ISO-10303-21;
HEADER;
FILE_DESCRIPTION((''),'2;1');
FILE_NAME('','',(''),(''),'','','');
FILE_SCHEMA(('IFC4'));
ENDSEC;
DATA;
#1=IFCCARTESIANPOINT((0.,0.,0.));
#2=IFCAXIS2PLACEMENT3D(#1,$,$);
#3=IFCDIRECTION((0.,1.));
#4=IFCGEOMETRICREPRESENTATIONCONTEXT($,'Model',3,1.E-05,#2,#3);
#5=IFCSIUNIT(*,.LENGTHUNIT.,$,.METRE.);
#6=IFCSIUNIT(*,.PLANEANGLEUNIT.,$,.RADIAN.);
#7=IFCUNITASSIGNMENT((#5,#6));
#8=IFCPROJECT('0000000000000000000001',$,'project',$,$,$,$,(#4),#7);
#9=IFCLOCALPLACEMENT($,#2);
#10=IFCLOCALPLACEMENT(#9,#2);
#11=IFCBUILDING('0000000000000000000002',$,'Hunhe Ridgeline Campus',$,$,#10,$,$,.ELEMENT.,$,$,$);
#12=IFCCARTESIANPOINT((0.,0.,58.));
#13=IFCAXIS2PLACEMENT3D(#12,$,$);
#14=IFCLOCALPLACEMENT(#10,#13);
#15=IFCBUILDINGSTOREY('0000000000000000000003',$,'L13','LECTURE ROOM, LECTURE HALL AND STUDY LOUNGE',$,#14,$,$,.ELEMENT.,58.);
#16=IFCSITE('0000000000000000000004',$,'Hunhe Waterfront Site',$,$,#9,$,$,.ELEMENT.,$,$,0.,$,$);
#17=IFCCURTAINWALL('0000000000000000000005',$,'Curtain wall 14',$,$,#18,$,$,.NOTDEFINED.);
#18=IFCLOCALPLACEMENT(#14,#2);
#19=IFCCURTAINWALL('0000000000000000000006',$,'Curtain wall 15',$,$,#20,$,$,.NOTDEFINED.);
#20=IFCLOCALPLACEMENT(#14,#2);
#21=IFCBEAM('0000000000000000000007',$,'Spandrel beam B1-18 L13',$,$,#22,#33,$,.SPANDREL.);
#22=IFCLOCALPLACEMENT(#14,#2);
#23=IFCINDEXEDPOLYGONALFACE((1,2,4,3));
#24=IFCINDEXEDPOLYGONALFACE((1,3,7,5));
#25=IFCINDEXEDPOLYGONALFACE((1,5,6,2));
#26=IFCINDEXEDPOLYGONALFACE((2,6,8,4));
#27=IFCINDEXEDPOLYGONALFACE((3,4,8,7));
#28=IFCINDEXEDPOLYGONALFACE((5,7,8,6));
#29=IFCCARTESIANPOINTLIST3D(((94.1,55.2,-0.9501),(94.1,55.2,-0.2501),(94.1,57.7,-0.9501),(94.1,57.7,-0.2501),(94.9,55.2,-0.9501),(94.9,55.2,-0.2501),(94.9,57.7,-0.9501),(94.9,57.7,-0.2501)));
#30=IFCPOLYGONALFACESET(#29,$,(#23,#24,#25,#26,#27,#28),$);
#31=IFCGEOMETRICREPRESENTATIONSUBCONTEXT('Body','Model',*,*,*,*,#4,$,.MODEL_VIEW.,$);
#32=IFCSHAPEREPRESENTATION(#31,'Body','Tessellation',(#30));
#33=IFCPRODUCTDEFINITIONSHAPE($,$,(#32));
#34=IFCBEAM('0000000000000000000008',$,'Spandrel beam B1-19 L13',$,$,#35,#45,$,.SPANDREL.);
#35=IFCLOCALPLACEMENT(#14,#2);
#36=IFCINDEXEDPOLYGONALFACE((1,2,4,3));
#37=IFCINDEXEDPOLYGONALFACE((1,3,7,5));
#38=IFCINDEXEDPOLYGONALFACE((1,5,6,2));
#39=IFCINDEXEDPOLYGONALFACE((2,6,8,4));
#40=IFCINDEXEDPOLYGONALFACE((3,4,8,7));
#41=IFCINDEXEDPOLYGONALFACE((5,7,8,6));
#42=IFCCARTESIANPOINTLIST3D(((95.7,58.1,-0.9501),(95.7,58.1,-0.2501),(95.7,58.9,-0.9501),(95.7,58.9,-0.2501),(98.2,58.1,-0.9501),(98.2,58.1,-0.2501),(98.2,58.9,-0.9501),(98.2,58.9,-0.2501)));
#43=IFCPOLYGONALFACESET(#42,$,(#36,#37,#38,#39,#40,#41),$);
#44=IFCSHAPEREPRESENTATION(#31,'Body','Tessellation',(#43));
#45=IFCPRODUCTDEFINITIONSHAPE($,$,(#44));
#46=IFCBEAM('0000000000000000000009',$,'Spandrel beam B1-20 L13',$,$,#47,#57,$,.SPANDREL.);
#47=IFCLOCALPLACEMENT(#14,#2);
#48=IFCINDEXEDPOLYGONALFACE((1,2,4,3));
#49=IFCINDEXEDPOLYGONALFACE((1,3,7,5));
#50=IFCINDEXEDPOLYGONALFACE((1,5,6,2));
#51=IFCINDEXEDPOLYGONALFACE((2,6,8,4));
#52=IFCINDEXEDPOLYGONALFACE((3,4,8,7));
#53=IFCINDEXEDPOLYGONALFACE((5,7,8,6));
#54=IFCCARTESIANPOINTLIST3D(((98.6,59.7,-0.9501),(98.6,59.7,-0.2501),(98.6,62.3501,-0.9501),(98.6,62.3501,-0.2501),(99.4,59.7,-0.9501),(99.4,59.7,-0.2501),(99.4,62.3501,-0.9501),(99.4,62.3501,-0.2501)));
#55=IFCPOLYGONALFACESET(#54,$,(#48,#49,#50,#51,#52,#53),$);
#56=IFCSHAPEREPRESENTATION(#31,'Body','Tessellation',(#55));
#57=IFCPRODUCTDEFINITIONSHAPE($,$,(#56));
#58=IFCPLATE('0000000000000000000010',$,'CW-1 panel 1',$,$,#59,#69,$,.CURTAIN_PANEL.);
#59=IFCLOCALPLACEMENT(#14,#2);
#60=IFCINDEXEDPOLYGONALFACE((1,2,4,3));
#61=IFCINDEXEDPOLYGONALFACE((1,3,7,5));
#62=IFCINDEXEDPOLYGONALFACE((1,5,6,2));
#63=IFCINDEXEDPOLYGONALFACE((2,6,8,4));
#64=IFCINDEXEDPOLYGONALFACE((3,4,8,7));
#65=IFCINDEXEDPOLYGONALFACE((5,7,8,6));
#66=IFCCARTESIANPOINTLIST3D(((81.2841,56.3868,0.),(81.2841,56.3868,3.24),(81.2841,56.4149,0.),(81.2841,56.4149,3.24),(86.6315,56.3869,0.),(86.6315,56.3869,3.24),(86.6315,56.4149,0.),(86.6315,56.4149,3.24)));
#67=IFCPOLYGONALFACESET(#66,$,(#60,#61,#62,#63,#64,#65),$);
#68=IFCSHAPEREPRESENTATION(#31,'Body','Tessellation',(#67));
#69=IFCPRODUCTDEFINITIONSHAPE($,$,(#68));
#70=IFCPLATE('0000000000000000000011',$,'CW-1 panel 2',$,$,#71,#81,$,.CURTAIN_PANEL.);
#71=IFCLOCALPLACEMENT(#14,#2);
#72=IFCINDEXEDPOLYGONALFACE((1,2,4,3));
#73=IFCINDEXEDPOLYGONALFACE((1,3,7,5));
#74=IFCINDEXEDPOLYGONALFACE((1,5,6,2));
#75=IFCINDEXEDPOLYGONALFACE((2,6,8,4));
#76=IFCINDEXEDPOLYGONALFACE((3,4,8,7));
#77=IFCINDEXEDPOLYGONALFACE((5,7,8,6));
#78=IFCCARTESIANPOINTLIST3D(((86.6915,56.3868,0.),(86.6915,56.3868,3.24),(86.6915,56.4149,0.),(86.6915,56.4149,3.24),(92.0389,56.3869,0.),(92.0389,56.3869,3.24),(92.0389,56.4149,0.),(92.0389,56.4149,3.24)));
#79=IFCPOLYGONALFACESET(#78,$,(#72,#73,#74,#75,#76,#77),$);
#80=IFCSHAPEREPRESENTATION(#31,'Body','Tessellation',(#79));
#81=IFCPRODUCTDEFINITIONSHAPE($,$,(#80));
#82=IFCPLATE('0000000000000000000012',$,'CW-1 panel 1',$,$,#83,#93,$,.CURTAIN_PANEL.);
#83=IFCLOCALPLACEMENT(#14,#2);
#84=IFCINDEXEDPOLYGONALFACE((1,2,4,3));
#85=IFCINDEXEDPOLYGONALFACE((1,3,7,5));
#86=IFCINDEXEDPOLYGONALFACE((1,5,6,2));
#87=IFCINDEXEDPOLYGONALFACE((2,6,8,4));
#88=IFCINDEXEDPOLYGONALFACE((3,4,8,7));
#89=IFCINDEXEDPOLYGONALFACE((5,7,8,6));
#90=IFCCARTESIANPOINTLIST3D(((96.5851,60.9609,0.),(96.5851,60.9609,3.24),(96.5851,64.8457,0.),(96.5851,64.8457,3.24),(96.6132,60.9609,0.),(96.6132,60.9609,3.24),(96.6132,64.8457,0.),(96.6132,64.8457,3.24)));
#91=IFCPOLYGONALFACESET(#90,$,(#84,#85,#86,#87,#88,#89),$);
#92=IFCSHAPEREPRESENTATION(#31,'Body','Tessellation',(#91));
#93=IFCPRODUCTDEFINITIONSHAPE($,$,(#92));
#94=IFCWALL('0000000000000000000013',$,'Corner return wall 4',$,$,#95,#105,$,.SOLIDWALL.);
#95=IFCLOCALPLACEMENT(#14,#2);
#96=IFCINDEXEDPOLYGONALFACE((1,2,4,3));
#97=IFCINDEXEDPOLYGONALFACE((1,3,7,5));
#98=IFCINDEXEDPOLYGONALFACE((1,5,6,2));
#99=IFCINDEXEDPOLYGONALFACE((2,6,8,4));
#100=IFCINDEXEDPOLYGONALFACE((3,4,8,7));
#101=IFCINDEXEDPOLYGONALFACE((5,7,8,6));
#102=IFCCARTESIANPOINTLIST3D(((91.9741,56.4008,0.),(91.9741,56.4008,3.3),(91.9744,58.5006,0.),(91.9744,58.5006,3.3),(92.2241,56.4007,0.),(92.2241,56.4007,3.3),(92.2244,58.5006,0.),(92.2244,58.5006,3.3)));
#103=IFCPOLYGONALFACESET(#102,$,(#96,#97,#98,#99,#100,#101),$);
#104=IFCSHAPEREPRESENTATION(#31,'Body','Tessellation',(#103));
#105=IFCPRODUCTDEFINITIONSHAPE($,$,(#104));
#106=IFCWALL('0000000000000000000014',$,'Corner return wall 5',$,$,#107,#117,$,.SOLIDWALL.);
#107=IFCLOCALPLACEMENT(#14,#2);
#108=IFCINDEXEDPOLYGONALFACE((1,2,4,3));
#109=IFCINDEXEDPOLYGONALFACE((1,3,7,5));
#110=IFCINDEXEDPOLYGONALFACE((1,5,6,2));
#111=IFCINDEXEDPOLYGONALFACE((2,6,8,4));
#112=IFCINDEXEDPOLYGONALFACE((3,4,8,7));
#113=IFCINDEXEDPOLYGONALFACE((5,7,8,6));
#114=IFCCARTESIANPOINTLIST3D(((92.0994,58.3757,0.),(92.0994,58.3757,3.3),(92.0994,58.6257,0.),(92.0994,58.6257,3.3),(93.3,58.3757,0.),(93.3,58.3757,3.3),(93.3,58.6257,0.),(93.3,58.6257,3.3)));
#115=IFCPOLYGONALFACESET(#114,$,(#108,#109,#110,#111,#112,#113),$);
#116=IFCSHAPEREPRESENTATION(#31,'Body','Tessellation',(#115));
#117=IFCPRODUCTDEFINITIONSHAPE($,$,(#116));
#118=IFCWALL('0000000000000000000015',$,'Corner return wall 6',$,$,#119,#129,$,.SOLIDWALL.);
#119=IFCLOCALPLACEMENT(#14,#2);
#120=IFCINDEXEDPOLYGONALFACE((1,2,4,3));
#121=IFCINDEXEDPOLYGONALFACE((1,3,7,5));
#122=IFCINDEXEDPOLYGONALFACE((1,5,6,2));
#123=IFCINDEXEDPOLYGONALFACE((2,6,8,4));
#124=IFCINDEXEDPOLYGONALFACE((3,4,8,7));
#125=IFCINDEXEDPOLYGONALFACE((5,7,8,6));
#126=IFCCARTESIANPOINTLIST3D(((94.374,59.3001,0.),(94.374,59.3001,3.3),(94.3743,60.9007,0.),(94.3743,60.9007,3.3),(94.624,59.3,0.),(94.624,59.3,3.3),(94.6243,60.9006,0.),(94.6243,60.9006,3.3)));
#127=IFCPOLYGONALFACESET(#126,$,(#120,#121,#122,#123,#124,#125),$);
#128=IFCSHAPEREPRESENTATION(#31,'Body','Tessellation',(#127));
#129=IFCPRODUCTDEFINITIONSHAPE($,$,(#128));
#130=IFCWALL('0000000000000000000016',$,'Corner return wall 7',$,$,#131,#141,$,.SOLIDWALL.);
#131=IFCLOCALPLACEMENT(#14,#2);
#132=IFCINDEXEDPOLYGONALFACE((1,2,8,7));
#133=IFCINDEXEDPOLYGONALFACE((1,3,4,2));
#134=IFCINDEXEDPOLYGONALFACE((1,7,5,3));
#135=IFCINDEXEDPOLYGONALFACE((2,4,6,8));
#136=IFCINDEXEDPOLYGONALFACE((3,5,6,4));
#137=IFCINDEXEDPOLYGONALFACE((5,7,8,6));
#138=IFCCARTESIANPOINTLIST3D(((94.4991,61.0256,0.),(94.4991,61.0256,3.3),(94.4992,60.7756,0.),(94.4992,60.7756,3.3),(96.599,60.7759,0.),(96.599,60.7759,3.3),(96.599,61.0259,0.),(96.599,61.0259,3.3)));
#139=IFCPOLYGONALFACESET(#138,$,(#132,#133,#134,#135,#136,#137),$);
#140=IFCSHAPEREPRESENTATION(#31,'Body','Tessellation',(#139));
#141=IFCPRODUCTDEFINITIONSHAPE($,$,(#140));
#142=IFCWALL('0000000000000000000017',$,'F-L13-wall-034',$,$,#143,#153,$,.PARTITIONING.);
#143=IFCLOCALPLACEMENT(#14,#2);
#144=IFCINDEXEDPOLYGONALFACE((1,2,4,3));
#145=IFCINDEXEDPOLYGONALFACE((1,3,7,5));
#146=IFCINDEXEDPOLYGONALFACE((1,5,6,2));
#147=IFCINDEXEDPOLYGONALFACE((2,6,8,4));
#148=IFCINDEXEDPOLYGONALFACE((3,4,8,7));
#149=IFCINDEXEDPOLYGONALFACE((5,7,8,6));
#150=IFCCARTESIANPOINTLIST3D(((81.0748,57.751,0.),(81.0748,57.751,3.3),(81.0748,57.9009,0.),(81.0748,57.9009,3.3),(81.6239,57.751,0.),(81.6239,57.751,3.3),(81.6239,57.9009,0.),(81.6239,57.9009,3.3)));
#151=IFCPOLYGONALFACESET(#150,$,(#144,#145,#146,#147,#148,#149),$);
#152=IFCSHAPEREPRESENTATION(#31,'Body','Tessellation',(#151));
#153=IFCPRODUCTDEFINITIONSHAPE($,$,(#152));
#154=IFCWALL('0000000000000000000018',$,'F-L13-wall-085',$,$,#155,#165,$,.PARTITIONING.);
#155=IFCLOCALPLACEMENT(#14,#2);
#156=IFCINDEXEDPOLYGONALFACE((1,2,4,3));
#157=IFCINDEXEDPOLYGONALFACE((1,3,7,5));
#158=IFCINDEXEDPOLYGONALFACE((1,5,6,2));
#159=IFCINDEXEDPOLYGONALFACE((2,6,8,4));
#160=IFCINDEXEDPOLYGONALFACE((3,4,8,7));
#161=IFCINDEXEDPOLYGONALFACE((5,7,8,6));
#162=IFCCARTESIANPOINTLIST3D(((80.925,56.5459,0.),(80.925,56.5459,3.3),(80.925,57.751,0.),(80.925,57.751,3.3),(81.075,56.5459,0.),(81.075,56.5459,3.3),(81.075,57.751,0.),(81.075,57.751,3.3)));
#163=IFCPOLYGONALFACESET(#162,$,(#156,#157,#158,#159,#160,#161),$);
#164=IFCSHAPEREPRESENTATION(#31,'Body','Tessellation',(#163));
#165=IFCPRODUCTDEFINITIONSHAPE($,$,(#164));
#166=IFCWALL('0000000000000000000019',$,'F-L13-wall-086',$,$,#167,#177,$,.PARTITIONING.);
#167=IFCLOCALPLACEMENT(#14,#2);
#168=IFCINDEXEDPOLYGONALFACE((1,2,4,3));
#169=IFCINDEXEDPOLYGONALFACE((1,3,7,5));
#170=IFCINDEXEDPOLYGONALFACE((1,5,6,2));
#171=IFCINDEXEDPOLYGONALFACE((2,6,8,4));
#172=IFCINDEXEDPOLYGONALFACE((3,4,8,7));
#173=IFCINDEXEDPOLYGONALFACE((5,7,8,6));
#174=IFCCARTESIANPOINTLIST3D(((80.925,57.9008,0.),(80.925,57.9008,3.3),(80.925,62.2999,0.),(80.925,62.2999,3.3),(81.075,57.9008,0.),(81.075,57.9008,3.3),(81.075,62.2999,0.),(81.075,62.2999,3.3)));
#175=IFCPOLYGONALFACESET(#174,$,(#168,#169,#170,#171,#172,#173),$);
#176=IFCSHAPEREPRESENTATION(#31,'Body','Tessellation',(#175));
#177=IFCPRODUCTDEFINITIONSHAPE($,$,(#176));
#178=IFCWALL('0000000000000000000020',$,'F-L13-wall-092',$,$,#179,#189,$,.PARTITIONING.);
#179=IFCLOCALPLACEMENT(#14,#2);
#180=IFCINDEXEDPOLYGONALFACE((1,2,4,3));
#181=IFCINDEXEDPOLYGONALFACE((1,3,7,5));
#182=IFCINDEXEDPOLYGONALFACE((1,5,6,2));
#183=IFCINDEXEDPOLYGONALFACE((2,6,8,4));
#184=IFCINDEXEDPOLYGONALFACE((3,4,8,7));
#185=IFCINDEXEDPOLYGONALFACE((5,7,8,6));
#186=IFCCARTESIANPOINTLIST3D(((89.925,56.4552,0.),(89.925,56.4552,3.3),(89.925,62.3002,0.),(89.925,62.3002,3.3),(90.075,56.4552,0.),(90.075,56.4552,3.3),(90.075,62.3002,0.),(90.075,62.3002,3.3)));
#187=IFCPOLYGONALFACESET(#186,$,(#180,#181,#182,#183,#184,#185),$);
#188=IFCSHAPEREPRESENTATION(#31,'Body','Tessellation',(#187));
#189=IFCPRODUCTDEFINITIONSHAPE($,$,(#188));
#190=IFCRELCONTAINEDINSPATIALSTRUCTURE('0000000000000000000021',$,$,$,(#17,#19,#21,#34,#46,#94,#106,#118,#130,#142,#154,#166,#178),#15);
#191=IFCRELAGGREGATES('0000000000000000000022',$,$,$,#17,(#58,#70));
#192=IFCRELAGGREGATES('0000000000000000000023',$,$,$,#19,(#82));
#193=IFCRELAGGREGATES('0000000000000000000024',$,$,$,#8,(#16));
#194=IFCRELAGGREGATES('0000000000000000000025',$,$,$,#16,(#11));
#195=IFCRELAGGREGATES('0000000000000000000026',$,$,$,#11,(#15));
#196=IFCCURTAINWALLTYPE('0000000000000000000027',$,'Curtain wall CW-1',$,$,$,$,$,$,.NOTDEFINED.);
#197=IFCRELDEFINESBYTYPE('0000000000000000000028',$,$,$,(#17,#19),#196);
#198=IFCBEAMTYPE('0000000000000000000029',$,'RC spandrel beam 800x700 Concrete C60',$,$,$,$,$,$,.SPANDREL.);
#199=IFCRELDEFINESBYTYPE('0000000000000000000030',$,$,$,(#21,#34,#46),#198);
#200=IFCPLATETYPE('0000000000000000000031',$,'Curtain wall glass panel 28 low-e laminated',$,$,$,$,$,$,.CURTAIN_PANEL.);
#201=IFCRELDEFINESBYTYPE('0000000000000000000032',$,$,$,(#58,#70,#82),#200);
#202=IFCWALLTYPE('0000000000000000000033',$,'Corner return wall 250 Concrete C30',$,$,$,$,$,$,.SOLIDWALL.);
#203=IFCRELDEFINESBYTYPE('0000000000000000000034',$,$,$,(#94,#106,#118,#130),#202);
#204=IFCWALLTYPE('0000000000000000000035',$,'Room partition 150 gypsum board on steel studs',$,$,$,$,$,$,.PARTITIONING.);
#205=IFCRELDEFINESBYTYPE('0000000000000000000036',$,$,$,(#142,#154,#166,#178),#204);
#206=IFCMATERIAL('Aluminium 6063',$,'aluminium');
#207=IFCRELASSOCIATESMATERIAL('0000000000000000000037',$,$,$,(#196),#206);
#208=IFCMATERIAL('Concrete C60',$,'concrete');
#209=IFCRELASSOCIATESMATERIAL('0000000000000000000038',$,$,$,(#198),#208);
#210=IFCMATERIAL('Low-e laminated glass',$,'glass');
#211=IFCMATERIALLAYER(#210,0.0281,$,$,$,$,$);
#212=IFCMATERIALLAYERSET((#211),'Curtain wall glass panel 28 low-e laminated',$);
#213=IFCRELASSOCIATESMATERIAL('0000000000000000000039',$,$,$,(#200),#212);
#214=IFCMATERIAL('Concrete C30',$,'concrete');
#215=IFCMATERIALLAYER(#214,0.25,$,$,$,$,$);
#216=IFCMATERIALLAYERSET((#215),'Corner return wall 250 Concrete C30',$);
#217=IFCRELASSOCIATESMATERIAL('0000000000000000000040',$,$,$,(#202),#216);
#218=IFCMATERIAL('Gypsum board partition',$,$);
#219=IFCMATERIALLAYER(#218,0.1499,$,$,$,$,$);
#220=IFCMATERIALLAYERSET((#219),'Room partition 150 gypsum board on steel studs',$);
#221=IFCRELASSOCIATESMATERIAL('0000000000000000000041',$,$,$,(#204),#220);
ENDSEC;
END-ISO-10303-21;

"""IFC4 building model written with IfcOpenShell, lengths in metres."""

from ifc_helpers import new_model, si_unit, direction, frame, frame_2d, origin, origin_2d, place, context, subcontext, project, spatial, rectangle, extrude, material, layer, layer_set, material_profile, profile_set, type_object, element, aggregate, save


model = new_model("IFC4")

# Units and contexts
model_context = context("Model", 3, precision=1e-05, world=origin(), true_north=direction((0.0, 1.0)))
body_context = subcontext(model_context, "Body", "Model", "MODEL_VIEW")
ifc_project = project(units=[si_unit("LENGTHUNIT", "METRE"), si_unit("PLANEANGLEUNIT", "RADIAN")], contexts=[model_context])

# Site, building, storey
site_placement = place(None, origin())
site = spatial("IfcSite", under=ifc_project, at=site_placement, Name="Hunhe Waterfront Site", CompositionType="ELEMENT", RefElevation=0.0)
building_placement = place(site_placement, origin())
building = spatial("IfcBuilding", under=site, at=building_placement, Name="Hunhe Ridgeline Campus", CompositionType="ELEMENT")
storey_placement = place(building_placement, frame((0.0, 0.0, 58.0)))
storey = spatial("IfcBuildingStorey", under=building, at=storey_placement, Name="L13", Description="LECTURE ROOM, LECTURE HALL AND STUDY LOUNGE", CompositionType="ELEMENT", Elevation=58.0)

# Curtain wall
ifc_material_1 = material(Name="Aluminium 6063", Category="aluminium")
curtain_wall_type = type_object("IfcCurtainWallType", Name="Curtain wall CW-1", PredefinedType="NOTDEFINED", material=ifc_material_1)
curtain_wall_1_placement = place(storey_placement, origin())
curtain_wall_1 = element("IfcCurtainWall", 1, at=curtain_wall_1_placement, inside=storey, type_object=curtain_wall_type, Name="Curtain wall 14", PredefinedType="NOTDEFINED")

# Curtain wall
curtain_wall_2_placement = place(storey_placement, origin())
curtain_wall_2 = element("IfcCurtainWall", 2, at=curtain_wall_2_placement, inside=storey, type_object=curtain_wall_type, Name="Curtain wall 15", PredefinedType="NOTDEFINED")

# Beams
ifc_material_2 = material(Name="Concrete C60", Category="concrete")
ifc_material_profile_1 = material_profile(ifc_material_2, rectangle(XDim=0.8, YDim=0.7, at=origin_2d()))
ifc_profile_set_1 = profile_set([ifc_material_profile_1], Name="Concrete C60")
beam_type = type_object("IfcBeamType", Name="RC spandrel beam 800x700 Concrete C60", PredefinedType="SPANDREL", material=ifc_profile_set_1)
for number, where, z_axis, x_axis, name in (
    (3, (94.5, 55.2, -0.6001), (0.0, 1.0, 0.0), (-1.0, 0.0, 0.0), "Spandrel beam B1-18 L13"),
    (4, (95.7, 58.5, -0.6001), (1.0, 0.0, 0.0), (0.0, 1.0, 0.0), "Spandrel beam B1-19 L13"),
):
    element("IfcBeam", number, at=place(storey_placement, frame(where, z_axis=z_axis, x_axis=x_axis)), inside=storey, type_object=beam_type, Name=name, PredefinedType="SPANDREL", context=body_context, shape_type="SweptSolid", body=[
        extrude(rectangle(XDim=0.8, YDim=0.7, at=origin_2d()), origin(), (0.0, 0.0, 1.0), 2.5),
    ])
beam_1_placement = place(storey_placement, frame((99.0, 59.7, -0.6001), z_axis=(0.0, 1.0, 0.0), x_axis=(-1.0, 0.0, 0.0)))
element("IfcBeam", 5, at=beam_1_placement, inside=storey, type_object=beam_type, Name="Spandrel beam B1-20 L13", PredefinedType="SPANDREL", context=body_context, shape_type="SweptSolid", body=[
    extrude(rectangle(XDim=0.8, YDim=0.7, at=origin_2d()), origin(), (0.0, 0.0, 1.0), 2.6501),
])

# Plates
ifc_material_3 = material(Name="Low-e laminated glass", Category="glass")
ifc_layer_1 = layer(ifc_material_3, 0.0281)
ifc_layer_set_1 = layer_set([ifc_layer_1], Name="Curtain wall glass panel 28 low-e laminated")
plate_type = type_object("IfcPlateType", Name="Curtain wall glass panel 28 low-e laminated", PredefinedType="CURTAIN_PANEL", material=ifc_layer_set_1)
plate_1_placement = place(storey_placement, frame((83.9578, 56.4009, 0.0), z_axis=(0.0, 0.0, 1.0), x_axis=(1.0, 0.000004, 0.0)))
plate_1 = element("IfcPlate", 6, at=plate_1_placement, type_object=plate_type, Name="CW-1 panel 1", PredefinedType="CURTAIN_PANEL", context=body_context, shape_type="SweptSolid", body=[
    extrude(rectangle(XDim=5.3474, YDim=0.0281, at=origin_2d()), origin(), (0.0, 0.0, 1.0), 3.24),
])
plate_2_placement = place(storey_placement, frame((89.3652, 56.4009, 0.0), z_axis=(0.0, 0.0, 1.0), x_axis=(1.0, 0.000004, 0.0)))
plate_2 = element("IfcPlate", 7, at=plate_2_placement, type_object=plate_type, Name="CW-1 panel 2", PredefinedType="CURTAIN_PANEL", context=body_context, shape_type="SweptSolid", body=[
    extrude(rectangle(XDim=5.3474, YDim=0.0281, at=origin_2d()), origin(), (0.0, 0.0, 1.0), 3.24),
])
aggregate(curtain_wall_1, [plate_1, plate_2])
plate_3_placement = place(storey_placement, frame((96.5991, 62.9033, 0.0), z_axis=(0.0, 0.0, 1.0), x_axis=(0.0, 1.0, 0.0)))
plate_3 = element("IfcPlate", 8, at=plate_3_placement, type_object=plate_type, Name="CW-1 panel 1", PredefinedType="CURTAIN_PANEL", context=body_context, shape_type="SweptSolid", body=[
    extrude(rectangle(XDim=3.8848, YDim=0.0281, at=origin_2d()), origin(), (0.0, 0.0, 1.0), 3.24),
])
aggregate(curtain_wall_2, [plate_3])

# Walls
ifc_material_4 = material(Name="Concrete C30", Category="concrete")
ifc_layer_2 = layer(ifc_material_4, 0.25)
ifc_layer_set_2 = layer_set([ifc_layer_2], Name="Corner return wall 250 Concrete C30")
wall_type_1 = type_object("IfcWallType", Name="Corner return wall 250 Concrete C30", PredefinedType="SOLIDWALL", material=ifc_layer_set_2)
wall_1_placement = place(storey_placement, frame((92.0991, 56.4009, 0.0), z_axis=(0.0, 0.0, 1.0), x_axis=(0.000116, 1.0, 0.0)))
element("IfcWall", 9, at=wall_1_placement, inside=storey, type_object=wall_type_1, Name="Corner return wall 4", PredefinedType="SOLIDWALL", context=body_context, shape_type="SweptSolid", body=[
    extrude(rectangle(XDim=2.0999, YDim=0.25, at=frame_2d((1.0498, 0.0))), origin(), (0.0, 0.0, 1.0), 3.3),
])
wall_2_placement = place(storey_placement, frame((92.0994, 58.5007, 0.0), z_axis=(0.0, 0.0, 1.0), x_axis=(1.0, 0.0, 0.0)))
element("IfcWall", 10, at=wall_2_placement, inside=storey, type_object=wall_type_1, Name="Corner return wall 5", PredefinedType="SOLIDWALL", context=body_context, shape_type="SweptSolid", body=[
    extrude(rectangle(XDim=1.2007, YDim=0.25, at=frame_2d((0.6003, 0.0))), origin(), (0.0, 0.0, 1.0), 3.3),
])
wall_3_placement = place(storey_placement, frame((94.499, 59.3, 0.0), z_axis=(0.0, 0.0, 1.0), x_axis=(0.000153, 1.0, 0.0)))
element("IfcWall", 11, at=wall_3_placement, inside=storey, type_object=wall_type_1, Name="Corner return wall 6", PredefinedType="SOLIDWALL", context=body_context, shape_type="SweptSolid", body=[
    extrude(rectangle(XDim=1.6006, YDim=0.25, at=frame_2d((0.8003, 0.0))), origin(), (0.0, 0.0, 1.0), 3.3),
])
wall_4_placement = place(storey_placement, frame((94.4993, 60.9006, 0.0), z_axis=(0.0, 0.0, 1.0), x_axis=(1.0, 0.000116, 0.0)))
element("IfcWall", 12, at=wall_4_placement, inside=storey, type_object=wall_type_1, Name="Corner return wall 7", PredefinedType="SOLIDWALL", context=body_context, shape_type="SweptSolid", body=[
    extrude(rectangle(XDim=2.0999, YDim=0.25, at=frame_2d((1.0498, 0.0))), origin(), (0.0, 0.0, 1.0), 3.3),
])
ifc_material_5 = material(Name="Gypsum board partition")
ifc_layer_3 = layer(ifc_material_5, 0.1499)
ifc_layer_set_3 = layer_set([ifc_layer_3], Name="Room partition 150 gypsum board on steel studs")
wall_type_2 = type_object("IfcWallType", Name="Room partition 150 gypsum board on steel studs", PredefinedType="PARTITIONING", material=ifc_layer_set_3)
wall_5_placement = place(storey_placement, frame((81.075, 57.8259, 0.0), z_axis=(0.0, 0.0, 1.0), x_axis=(1.0, 0.0, 0.0)))
element("IfcWall", 13, at=wall_5_placement, inside=storey, type_object=wall_type_2, Name="F-L13-wall-034", PredefinedType="PARTITIONING", context=body_context, shape_type="SweptSolid", body=[
    extrude(rectangle(XDim=0.5491, YDim=0.1499, at=frame_2d((0.2744, 0.0))), origin(), (0.0, 0.0, 1.0), 3.3),
])
wall_6_placement = place(storey_placement, frame((81.0, 57.751, 0.0), z_axis=(0.0, 0.0, 1.0), x_axis=(0.0, -1.0, 0.0)))
element("IfcWall", 14, at=wall_6_placement, inside=storey, type_object=wall_type_2, Name="F-L13-wall-085", PredefinedType="PARTITIONING", context=body_context, shape_type="SweptSolid", body=[
    extrude(rectangle(XDim=1.2051, YDim=0.1499, at=frame_2d((0.6025, 0.0))), origin(), (0.0, 0.0, 1.0), 3.3),
])
wall_7_placement = place(storey_placement, frame((81.0, 62.3, 0.0), z_axis=(0.0, 0.0, 1.0), x_axis=(0.0, -1.0, 0.0)))
element("IfcWall", 15, at=wall_7_placement, inside=storey, type_object=wall_type_2, Name="F-L13-wall-086", PredefinedType="PARTITIONING", context=body_context, shape_type="SweptSolid", body=[
    extrude(rectangle(XDim=4.3992, YDim=0.1499, at=frame_2d((2.1997, 0.0))), origin(), (0.0, 0.0, 1.0), 3.3),
])
wall_8_placement = place(storey_placement, frame((90.0, 62.3, 0.0), z_axis=(0.0, 0.0, 1.0), x_axis=(0.0, -1.0, 0.0)))
element("IfcWall", 16, at=wall_8_placement, inside=storey, type_object=wall_type_2, Name="F-L13-wall-092", PredefinedType="PARTITIONING", context=body_context, shape_type="SweptSolid", body=[
    extrude(rectangle(XDim=5.845, YDim=0.1499, at=frame_2d((2.9224, 0.0))), origin(), (0.0, 0.0, 1.0), 3.3),
])

save(model, "model.ifc")
